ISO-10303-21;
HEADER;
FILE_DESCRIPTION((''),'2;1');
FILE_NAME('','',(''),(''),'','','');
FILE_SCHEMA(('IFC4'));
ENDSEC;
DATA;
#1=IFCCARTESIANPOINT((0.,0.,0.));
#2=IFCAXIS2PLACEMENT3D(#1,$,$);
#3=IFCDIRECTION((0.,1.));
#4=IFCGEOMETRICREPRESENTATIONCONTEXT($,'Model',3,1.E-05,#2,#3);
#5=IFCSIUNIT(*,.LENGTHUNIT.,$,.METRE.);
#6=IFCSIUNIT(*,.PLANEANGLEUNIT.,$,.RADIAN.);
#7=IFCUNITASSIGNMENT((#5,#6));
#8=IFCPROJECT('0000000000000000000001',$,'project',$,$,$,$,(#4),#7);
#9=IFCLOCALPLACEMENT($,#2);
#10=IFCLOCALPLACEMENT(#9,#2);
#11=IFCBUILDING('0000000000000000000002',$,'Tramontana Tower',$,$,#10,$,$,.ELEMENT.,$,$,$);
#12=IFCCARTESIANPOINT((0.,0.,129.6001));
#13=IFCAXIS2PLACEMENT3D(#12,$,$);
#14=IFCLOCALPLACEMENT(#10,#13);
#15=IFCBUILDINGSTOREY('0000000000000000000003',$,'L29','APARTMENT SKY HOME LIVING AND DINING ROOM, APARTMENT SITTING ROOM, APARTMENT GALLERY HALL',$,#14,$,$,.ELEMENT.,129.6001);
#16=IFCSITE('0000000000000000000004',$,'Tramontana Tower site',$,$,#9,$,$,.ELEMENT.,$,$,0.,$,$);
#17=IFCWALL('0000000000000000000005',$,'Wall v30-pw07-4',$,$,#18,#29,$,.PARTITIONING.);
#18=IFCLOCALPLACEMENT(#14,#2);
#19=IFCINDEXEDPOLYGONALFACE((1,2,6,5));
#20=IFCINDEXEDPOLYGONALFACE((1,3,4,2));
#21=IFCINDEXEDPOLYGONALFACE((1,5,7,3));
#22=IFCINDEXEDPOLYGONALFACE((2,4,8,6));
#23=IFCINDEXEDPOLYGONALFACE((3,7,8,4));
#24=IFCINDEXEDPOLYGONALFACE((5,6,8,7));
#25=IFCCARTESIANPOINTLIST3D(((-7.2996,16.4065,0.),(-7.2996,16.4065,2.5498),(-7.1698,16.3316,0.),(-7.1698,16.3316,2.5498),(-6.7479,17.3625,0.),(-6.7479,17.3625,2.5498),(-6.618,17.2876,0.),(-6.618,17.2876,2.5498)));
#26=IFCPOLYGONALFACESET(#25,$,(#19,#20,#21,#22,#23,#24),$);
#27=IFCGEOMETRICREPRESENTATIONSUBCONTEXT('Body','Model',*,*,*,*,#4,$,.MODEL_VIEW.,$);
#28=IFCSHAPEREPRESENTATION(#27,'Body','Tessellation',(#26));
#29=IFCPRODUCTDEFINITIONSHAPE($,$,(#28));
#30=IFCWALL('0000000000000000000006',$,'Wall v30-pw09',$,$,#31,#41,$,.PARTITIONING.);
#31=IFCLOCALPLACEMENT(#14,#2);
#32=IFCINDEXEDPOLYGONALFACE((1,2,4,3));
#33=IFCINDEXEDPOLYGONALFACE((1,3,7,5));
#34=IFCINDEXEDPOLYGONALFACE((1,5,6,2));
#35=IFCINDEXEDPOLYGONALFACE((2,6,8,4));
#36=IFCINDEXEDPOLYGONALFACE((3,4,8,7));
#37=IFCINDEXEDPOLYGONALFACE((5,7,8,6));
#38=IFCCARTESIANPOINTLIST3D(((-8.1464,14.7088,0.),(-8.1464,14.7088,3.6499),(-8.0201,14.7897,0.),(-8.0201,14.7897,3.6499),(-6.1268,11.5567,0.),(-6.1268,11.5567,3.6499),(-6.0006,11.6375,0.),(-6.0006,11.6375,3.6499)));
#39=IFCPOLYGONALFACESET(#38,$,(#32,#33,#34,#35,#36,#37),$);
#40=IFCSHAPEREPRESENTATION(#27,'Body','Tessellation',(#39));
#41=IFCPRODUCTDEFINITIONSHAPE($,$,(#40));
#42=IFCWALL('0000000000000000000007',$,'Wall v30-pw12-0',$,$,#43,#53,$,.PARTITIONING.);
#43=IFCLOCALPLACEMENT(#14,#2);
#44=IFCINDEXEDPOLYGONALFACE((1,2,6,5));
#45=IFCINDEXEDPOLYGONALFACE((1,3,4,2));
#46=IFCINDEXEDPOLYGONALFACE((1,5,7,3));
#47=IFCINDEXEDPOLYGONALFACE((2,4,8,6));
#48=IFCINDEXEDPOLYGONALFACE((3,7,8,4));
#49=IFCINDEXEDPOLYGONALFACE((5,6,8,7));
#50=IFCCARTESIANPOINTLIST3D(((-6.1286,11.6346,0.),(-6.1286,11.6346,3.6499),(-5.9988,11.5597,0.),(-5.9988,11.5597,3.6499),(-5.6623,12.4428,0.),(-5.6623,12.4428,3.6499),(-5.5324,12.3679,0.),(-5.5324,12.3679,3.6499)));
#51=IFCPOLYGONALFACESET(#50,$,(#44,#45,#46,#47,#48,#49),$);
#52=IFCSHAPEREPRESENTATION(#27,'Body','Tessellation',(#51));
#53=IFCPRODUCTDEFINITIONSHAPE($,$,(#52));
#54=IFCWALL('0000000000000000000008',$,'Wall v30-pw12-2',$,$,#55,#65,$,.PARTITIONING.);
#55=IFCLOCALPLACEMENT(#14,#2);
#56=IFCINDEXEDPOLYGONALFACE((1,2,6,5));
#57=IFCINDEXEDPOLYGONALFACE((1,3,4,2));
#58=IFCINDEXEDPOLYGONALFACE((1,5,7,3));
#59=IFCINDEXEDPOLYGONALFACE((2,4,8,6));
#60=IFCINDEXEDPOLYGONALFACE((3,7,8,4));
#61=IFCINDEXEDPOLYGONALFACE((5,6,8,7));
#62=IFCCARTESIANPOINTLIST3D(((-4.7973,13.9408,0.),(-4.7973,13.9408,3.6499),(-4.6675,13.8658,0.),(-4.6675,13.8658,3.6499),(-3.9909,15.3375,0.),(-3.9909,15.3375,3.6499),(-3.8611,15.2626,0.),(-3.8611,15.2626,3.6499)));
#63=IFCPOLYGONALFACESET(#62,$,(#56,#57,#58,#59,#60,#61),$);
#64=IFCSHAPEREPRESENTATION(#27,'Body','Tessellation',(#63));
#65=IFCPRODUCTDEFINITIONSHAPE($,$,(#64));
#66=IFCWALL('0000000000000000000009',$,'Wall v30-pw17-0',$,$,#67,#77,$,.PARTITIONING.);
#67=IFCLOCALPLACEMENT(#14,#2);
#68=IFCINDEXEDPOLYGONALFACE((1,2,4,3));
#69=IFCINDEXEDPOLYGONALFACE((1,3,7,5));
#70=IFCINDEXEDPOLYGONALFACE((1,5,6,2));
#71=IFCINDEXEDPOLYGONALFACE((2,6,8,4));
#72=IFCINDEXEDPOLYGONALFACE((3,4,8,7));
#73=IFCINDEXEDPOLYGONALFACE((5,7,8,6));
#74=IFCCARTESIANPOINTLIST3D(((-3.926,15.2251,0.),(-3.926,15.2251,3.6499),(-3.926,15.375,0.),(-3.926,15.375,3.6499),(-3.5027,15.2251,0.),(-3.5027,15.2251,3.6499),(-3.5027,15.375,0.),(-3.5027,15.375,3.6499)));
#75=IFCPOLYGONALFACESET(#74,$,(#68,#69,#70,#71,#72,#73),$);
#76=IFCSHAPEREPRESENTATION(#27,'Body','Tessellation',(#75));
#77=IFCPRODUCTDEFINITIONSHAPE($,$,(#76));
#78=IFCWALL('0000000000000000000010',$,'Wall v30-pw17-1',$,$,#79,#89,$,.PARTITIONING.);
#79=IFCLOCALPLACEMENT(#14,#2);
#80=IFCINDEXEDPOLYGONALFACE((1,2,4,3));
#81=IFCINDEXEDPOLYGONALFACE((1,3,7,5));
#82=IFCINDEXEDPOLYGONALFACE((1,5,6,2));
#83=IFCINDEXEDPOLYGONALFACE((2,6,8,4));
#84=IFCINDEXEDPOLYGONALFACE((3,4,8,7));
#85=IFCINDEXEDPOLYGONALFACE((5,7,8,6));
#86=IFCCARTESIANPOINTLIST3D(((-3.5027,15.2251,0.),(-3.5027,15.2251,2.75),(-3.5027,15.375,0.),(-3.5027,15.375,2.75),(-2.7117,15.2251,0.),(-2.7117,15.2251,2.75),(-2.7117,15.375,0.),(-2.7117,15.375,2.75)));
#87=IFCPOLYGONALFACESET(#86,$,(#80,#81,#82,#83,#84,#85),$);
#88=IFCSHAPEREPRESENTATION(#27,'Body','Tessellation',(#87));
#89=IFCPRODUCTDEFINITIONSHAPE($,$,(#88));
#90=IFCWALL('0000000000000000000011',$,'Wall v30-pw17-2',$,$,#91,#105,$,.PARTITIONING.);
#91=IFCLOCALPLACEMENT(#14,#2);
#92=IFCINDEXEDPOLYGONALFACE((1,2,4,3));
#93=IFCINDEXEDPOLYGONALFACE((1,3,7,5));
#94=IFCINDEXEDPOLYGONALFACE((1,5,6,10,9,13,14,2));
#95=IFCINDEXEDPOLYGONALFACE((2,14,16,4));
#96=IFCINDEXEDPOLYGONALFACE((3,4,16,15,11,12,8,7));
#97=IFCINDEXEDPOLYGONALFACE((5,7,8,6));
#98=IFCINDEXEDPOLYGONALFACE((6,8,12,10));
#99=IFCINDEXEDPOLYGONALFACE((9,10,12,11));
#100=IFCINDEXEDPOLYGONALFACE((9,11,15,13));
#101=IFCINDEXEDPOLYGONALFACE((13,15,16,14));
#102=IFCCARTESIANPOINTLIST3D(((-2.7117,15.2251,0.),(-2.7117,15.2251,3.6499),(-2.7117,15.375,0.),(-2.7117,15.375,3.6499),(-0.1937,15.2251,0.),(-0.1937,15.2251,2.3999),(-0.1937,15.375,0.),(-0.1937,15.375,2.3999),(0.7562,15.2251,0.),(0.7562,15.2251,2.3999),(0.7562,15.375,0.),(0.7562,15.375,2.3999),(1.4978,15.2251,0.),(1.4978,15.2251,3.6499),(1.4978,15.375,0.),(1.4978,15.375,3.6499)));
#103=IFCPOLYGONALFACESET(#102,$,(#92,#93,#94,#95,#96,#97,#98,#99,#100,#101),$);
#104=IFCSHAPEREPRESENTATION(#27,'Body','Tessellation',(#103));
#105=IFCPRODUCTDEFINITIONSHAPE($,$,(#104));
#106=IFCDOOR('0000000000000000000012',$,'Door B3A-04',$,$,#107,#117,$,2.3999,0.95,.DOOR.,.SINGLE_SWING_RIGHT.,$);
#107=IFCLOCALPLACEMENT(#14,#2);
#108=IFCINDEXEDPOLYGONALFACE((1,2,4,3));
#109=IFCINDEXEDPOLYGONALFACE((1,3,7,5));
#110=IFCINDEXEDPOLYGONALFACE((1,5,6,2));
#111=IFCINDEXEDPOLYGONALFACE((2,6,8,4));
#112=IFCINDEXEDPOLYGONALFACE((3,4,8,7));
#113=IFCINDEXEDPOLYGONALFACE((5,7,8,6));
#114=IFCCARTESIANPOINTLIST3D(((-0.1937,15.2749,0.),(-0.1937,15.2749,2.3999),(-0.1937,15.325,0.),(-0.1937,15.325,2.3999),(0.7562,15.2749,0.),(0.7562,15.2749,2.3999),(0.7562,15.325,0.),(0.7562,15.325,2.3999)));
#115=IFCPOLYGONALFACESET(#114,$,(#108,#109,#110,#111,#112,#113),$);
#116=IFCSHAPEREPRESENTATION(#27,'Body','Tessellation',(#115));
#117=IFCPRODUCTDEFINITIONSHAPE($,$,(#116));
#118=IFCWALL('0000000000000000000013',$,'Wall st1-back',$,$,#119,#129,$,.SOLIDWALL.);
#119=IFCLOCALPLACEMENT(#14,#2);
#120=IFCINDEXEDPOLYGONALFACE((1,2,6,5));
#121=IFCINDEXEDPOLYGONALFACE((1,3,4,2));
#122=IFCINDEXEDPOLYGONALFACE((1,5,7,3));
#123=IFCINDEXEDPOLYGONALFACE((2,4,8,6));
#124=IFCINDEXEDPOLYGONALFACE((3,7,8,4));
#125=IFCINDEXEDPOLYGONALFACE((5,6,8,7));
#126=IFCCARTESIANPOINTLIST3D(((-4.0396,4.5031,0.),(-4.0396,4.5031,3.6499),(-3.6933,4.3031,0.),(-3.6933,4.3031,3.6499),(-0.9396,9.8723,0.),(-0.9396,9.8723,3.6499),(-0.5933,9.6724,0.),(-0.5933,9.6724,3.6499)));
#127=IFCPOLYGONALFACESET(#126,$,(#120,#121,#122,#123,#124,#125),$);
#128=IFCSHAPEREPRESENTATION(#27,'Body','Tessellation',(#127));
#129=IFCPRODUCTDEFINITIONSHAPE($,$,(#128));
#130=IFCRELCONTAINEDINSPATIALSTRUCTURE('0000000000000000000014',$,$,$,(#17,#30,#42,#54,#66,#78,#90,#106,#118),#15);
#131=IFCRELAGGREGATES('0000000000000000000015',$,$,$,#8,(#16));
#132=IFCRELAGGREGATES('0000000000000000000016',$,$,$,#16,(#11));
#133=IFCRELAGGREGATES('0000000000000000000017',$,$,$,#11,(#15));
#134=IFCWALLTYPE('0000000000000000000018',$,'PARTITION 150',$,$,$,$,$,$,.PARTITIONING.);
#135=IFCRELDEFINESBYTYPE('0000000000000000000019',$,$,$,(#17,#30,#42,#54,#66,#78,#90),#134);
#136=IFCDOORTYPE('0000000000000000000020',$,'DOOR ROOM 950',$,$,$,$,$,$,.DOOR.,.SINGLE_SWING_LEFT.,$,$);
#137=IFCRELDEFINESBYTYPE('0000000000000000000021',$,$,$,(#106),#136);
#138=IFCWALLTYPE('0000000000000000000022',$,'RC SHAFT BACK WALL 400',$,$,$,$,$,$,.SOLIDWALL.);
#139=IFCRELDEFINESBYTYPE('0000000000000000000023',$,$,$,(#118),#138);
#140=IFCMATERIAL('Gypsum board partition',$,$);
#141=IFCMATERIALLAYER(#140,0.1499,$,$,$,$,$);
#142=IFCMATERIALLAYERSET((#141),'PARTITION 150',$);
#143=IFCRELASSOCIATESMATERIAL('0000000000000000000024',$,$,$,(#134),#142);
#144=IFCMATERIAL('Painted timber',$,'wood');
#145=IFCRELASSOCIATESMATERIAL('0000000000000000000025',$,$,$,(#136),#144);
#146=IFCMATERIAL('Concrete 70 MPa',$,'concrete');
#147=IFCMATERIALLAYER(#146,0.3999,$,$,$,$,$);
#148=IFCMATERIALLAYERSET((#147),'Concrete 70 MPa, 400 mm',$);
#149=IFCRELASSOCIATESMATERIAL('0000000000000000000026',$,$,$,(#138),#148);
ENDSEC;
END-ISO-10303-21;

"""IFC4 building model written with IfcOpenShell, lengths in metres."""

from ifc_helpers import new_model, si_unit, direction, frame, frame_2d, origin, place, context, subcontext, project, spatial, rectangle, extrude, material, layer, layer_set, type_object, element, fill, save


model = new_model("IFC4")

# Units and contexts
model_context = context("Model", 3, precision=1e-05, world=origin(), true_north=direction((0.0, 1.0)))
body_context = subcontext(model_context, "Body", "Model", "MODEL_VIEW")
ifc_project = project(units=[si_unit("LENGTHUNIT", "METRE"), si_unit("PLANEANGLEUNIT", "RADIAN")], contexts=[model_context])

# Site, building, storey
site_placement = place(None, origin())
site = spatial("IfcSite", under=ifc_project, at=site_placement, Name="Tramontana Tower site", CompositionType="ELEMENT", RefElevation=0.0)
building_placement = place(site_placement, origin())
building = spatial("IfcBuilding", under=site, at=building_placement, Name="Tramontana Tower", CompositionType="ELEMENT")
storey_placement = place(building_placement, frame((0.0, 0.0, 129.6001)))
storey = spatial("IfcBuildingStorey", under=building, at=storey_placement, Name="L29", Description="APARTMENT SKY HOME LIVING AND DINING ROOM, APARTMENT SITTING ROOM, APARTMENT GALLERY HALL", CompositionType="ELEMENT", Elevation=129.6001)

# Shared definitions
ifc_material_1 = material(Name="Gypsum board partition")
ifc_layer_1 = layer(ifc_material_1, 0.1499)
ifc_layer_set_1 = layer_set([ifc_layer_1], Name="PARTITION 150")
wall_type_1 = type_object("IfcWallType", Name="PARTITION 150", PredefinedType="PARTITIONING", material=ifc_layer_set_1)

# Shared definitions
ifc_material_2 = material(Name="Painted timber", Category="wood")
door_type_1 = type_object("IfcDoorType", Name="DOOR ROOM 950", OperationType="SINGLE_SWING_LEFT", PredefinedType="DOOR", material=ifc_material_2)

# Walls
wall_1_placement = place(storey_placement, frame((-7.2346, 16.3691, 0.0), z_axis=(0.0, 0.0, 1.0), x_axis=(0.49985, 0.866112, 0.0)))
element("IfcWall", 1, at=wall_1_placement, inside=storey, type_object=wall_type_1, Name="Wall v30-pw07-4", PredefinedType="PARTITIONING", context=body_context, shape_type="SweptSolid", body=[
    extrude(rectangle(XDim=1.1038, YDim=0.1499, at=frame_2d((0.5518, 0.0))), origin(), (0.0, 0.0, 1.0), 2.5498),
])
wall_2_placement = place(storey_placement, frame((-8.0833, 14.7493, 0.0), z_axis=(0.0, 0.0, 1.0), x_axis=(0.539468, -0.842006, 0.0)))
element("IfcWall", 2, at=wall_2_placement, inside=storey, type_object=wall_type_1, Name="Wall v30-pw09", PredefinedType="PARTITIONING", context=body_context, shape_type="SweptSolid", body=[
    extrude(rectangle(XDim=3.7437, YDim=0.1499, at=frame_2d((1.8718, 0.0))), origin(), (0.0, 0.0, 1.0), 3.6499),
])
wall_3_placement = place(storey_placement, frame((-6.0637, 11.5972, 0.0), z_axis=(0.0, 0.0, 1.0), x_axis=(0.499798, 0.866142, 0.0)))
element("IfcWall", 3, at=wall_3_placement, inside=storey, type_object=wall_type_1, Name="Wall v30-pw12-0", PredefinedType="PARTITIONING", context=body_context, shape_type="SweptSolid", body=[
    extrude(rectangle(XDim=0.9331, YDim=0.1499, at=frame_2d((0.4666, 0.0))), origin(), (0.0, 0.0, 1.0), 3.6499),
])

# Walls
wall_4_placement = place(storey_placement, frame((-4.7324, 13.9033, 0.0), z_axis=(0.0, 0.0, 1.0), x_axis=(0.499998, 0.866027, 0.0)))
element("IfcWall", 4, at=wall_4_placement, inside=storey, type_object=wall_type_1, Name="Wall v30-pw12-2", PredefinedType="PARTITIONING", context=body_context, shape_type="SweptSolid", body=[
    extrude(rectangle(XDim=1.6128, YDim=0.1499, at=frame_2d((0.8064, 0.0))), origin(), (0.0, 0.0, 1.0), 3.6499),
])
wall_5_placement = place(storey_placement, frame((-3.926, 15.3, 0.0), z_axis=(0.0, 0.0, 1.0), x_axis=(1.0, 0.0, 0.0)))
element("IfcWall", 5, at=wall_5_placement, inside=storey, type_object=wall_type_1, Name="Wall v30-pw17-0", PredefinedType="PARTITIONING", context=body_context, shape_type="SweptSolid", body=[
    extrude(rectangle(XDim=0.4233, YDim=0.1499, at=frame_2d((0.2117, 0.0))), origin(), (0.0, 0.0, 1.0), 3.6499),
])
wall_6_placement = place(storey_placement, frame((-3.5027, 15.3, 0.0), z_axis=(0.0, 0.0, 1.0), x_axis=(1.0, 0.0, 0.0)))
element("IfcWall", 6, at=wall_6_placement, inside=storey, type_object=wall_type_1, Name="Wall v30-pw17-1", PredefinedType="PARTITIONING", context=body_context, shape_type="SweptSolid", body=[
    extrude(rectangle(XDim=0.791, YDim=0.1499, at=frame_2d((0.3955, 0.0))), origin(), (0.0, 0.0, 1.0), 2.75),
])

# Wall, opening, door
wall_7_placement = place(storey_placement, frame((-2.7117, 15.3, 0.0), z_axis=(0.0, 0.0, 1.0), x_axis=(1.0, 0.0, 0.0)))
wall_7 = element("IfcWall", 7, at=wall_7_placement, inside=storey, type_object=wall_type_1, Name="Wall v30-pw17-2", PredefinedType="PARTITIONING", context=body_context, shape_type="SweptSolid", body=[
    extrude(rectangle(XDim=4.2095, YDim=0.1499, at=frame_2d((2.1047, 0.0))), origin(), (0.0, 0.0, 1.0), 3.6499),
])
opening_1_placement = place(wall_7_placement, frame((2.5178, 0.0, 0.0)))
opening_1 = element("IfcOpeningElement", 8, at=opening_1_placement, cuts=wall_7, PredefinedType="OPENING", context=body_context, shape_type="SweptSolid", body=[
    extrude(rectangle(XDim=0.95, YDim=2.3999, at=frame_2d((0.4751, 1.2))), frame((0.0, 0.085, 0.0), z_axis=(0.0, -1.0, 0.0), x_axis=(1.0, 0.0, 0.0)), (0.0, 0.0, 1.0), 0.1699),
])
door_1_placement = place(opening_1_placement, origin())
door_1 = element("IfcDoor", 9, at=door_1_placement, inside=storey, type_object=door_type_1, Name="Door B3A-04", OperationType="SINGLE_SWING_RIGHT", OverallHeight=2.3999, OverallWidth=0.95, PredefinedType="DOOR", context=body_context, shape_type="SweptSolid", body=[
    extrude(rectangle(XDim=0.95, YDim=2.3999, at=frame_2d((0.4751, 1.2))), frame((0.0, 0.0249, 0.0), z_axis=(0.0, -1.0, 0.0), x_axis=(1.0, 0.0, 0.0)), (0.0, 0.0, 1.0), 0.05),
])
fill(opening_1, door_1)

# Wall
ifc_material_3 = material(Name="Concrete 70 MPa", Category="concrete")
ifc_layer_2 = layer(ifc_material_3, 0.3999)
ifc_layer_set_2 = layer_set([ifc_layer_2], Name="Concrete 70 MPa, 400 mm")
wall_type_2 = type_object("IfcWallType", Name="RC SHAFT BACK WALL 400", PredefinedType="SOLIDWALL", material=ifc_layer_set_2)
wall_8_placement = place(storey_placement, frame((-0.7664, 9.7725, 0.0), z_axis=(0.0, 0.0, 1.0), x_axis=(-0.50001, -0.86602, 0.0)))
element("IfcWall", 10, at=wall_8_placement, inside=storey, type_object=wall_type_2, Name="Wall st1-back", PredefinedType="SOLIDWALL", context=body_context, shape_type="SweptSolid", body=[
    extrude(rectangle(XDim=6.2, YDim=0.3999, at=frame_2d((3.1001, 0.0))), origin(), (0.0, 0.0, 1.0), 3.6499),
])

save(model, "model.ifc")
